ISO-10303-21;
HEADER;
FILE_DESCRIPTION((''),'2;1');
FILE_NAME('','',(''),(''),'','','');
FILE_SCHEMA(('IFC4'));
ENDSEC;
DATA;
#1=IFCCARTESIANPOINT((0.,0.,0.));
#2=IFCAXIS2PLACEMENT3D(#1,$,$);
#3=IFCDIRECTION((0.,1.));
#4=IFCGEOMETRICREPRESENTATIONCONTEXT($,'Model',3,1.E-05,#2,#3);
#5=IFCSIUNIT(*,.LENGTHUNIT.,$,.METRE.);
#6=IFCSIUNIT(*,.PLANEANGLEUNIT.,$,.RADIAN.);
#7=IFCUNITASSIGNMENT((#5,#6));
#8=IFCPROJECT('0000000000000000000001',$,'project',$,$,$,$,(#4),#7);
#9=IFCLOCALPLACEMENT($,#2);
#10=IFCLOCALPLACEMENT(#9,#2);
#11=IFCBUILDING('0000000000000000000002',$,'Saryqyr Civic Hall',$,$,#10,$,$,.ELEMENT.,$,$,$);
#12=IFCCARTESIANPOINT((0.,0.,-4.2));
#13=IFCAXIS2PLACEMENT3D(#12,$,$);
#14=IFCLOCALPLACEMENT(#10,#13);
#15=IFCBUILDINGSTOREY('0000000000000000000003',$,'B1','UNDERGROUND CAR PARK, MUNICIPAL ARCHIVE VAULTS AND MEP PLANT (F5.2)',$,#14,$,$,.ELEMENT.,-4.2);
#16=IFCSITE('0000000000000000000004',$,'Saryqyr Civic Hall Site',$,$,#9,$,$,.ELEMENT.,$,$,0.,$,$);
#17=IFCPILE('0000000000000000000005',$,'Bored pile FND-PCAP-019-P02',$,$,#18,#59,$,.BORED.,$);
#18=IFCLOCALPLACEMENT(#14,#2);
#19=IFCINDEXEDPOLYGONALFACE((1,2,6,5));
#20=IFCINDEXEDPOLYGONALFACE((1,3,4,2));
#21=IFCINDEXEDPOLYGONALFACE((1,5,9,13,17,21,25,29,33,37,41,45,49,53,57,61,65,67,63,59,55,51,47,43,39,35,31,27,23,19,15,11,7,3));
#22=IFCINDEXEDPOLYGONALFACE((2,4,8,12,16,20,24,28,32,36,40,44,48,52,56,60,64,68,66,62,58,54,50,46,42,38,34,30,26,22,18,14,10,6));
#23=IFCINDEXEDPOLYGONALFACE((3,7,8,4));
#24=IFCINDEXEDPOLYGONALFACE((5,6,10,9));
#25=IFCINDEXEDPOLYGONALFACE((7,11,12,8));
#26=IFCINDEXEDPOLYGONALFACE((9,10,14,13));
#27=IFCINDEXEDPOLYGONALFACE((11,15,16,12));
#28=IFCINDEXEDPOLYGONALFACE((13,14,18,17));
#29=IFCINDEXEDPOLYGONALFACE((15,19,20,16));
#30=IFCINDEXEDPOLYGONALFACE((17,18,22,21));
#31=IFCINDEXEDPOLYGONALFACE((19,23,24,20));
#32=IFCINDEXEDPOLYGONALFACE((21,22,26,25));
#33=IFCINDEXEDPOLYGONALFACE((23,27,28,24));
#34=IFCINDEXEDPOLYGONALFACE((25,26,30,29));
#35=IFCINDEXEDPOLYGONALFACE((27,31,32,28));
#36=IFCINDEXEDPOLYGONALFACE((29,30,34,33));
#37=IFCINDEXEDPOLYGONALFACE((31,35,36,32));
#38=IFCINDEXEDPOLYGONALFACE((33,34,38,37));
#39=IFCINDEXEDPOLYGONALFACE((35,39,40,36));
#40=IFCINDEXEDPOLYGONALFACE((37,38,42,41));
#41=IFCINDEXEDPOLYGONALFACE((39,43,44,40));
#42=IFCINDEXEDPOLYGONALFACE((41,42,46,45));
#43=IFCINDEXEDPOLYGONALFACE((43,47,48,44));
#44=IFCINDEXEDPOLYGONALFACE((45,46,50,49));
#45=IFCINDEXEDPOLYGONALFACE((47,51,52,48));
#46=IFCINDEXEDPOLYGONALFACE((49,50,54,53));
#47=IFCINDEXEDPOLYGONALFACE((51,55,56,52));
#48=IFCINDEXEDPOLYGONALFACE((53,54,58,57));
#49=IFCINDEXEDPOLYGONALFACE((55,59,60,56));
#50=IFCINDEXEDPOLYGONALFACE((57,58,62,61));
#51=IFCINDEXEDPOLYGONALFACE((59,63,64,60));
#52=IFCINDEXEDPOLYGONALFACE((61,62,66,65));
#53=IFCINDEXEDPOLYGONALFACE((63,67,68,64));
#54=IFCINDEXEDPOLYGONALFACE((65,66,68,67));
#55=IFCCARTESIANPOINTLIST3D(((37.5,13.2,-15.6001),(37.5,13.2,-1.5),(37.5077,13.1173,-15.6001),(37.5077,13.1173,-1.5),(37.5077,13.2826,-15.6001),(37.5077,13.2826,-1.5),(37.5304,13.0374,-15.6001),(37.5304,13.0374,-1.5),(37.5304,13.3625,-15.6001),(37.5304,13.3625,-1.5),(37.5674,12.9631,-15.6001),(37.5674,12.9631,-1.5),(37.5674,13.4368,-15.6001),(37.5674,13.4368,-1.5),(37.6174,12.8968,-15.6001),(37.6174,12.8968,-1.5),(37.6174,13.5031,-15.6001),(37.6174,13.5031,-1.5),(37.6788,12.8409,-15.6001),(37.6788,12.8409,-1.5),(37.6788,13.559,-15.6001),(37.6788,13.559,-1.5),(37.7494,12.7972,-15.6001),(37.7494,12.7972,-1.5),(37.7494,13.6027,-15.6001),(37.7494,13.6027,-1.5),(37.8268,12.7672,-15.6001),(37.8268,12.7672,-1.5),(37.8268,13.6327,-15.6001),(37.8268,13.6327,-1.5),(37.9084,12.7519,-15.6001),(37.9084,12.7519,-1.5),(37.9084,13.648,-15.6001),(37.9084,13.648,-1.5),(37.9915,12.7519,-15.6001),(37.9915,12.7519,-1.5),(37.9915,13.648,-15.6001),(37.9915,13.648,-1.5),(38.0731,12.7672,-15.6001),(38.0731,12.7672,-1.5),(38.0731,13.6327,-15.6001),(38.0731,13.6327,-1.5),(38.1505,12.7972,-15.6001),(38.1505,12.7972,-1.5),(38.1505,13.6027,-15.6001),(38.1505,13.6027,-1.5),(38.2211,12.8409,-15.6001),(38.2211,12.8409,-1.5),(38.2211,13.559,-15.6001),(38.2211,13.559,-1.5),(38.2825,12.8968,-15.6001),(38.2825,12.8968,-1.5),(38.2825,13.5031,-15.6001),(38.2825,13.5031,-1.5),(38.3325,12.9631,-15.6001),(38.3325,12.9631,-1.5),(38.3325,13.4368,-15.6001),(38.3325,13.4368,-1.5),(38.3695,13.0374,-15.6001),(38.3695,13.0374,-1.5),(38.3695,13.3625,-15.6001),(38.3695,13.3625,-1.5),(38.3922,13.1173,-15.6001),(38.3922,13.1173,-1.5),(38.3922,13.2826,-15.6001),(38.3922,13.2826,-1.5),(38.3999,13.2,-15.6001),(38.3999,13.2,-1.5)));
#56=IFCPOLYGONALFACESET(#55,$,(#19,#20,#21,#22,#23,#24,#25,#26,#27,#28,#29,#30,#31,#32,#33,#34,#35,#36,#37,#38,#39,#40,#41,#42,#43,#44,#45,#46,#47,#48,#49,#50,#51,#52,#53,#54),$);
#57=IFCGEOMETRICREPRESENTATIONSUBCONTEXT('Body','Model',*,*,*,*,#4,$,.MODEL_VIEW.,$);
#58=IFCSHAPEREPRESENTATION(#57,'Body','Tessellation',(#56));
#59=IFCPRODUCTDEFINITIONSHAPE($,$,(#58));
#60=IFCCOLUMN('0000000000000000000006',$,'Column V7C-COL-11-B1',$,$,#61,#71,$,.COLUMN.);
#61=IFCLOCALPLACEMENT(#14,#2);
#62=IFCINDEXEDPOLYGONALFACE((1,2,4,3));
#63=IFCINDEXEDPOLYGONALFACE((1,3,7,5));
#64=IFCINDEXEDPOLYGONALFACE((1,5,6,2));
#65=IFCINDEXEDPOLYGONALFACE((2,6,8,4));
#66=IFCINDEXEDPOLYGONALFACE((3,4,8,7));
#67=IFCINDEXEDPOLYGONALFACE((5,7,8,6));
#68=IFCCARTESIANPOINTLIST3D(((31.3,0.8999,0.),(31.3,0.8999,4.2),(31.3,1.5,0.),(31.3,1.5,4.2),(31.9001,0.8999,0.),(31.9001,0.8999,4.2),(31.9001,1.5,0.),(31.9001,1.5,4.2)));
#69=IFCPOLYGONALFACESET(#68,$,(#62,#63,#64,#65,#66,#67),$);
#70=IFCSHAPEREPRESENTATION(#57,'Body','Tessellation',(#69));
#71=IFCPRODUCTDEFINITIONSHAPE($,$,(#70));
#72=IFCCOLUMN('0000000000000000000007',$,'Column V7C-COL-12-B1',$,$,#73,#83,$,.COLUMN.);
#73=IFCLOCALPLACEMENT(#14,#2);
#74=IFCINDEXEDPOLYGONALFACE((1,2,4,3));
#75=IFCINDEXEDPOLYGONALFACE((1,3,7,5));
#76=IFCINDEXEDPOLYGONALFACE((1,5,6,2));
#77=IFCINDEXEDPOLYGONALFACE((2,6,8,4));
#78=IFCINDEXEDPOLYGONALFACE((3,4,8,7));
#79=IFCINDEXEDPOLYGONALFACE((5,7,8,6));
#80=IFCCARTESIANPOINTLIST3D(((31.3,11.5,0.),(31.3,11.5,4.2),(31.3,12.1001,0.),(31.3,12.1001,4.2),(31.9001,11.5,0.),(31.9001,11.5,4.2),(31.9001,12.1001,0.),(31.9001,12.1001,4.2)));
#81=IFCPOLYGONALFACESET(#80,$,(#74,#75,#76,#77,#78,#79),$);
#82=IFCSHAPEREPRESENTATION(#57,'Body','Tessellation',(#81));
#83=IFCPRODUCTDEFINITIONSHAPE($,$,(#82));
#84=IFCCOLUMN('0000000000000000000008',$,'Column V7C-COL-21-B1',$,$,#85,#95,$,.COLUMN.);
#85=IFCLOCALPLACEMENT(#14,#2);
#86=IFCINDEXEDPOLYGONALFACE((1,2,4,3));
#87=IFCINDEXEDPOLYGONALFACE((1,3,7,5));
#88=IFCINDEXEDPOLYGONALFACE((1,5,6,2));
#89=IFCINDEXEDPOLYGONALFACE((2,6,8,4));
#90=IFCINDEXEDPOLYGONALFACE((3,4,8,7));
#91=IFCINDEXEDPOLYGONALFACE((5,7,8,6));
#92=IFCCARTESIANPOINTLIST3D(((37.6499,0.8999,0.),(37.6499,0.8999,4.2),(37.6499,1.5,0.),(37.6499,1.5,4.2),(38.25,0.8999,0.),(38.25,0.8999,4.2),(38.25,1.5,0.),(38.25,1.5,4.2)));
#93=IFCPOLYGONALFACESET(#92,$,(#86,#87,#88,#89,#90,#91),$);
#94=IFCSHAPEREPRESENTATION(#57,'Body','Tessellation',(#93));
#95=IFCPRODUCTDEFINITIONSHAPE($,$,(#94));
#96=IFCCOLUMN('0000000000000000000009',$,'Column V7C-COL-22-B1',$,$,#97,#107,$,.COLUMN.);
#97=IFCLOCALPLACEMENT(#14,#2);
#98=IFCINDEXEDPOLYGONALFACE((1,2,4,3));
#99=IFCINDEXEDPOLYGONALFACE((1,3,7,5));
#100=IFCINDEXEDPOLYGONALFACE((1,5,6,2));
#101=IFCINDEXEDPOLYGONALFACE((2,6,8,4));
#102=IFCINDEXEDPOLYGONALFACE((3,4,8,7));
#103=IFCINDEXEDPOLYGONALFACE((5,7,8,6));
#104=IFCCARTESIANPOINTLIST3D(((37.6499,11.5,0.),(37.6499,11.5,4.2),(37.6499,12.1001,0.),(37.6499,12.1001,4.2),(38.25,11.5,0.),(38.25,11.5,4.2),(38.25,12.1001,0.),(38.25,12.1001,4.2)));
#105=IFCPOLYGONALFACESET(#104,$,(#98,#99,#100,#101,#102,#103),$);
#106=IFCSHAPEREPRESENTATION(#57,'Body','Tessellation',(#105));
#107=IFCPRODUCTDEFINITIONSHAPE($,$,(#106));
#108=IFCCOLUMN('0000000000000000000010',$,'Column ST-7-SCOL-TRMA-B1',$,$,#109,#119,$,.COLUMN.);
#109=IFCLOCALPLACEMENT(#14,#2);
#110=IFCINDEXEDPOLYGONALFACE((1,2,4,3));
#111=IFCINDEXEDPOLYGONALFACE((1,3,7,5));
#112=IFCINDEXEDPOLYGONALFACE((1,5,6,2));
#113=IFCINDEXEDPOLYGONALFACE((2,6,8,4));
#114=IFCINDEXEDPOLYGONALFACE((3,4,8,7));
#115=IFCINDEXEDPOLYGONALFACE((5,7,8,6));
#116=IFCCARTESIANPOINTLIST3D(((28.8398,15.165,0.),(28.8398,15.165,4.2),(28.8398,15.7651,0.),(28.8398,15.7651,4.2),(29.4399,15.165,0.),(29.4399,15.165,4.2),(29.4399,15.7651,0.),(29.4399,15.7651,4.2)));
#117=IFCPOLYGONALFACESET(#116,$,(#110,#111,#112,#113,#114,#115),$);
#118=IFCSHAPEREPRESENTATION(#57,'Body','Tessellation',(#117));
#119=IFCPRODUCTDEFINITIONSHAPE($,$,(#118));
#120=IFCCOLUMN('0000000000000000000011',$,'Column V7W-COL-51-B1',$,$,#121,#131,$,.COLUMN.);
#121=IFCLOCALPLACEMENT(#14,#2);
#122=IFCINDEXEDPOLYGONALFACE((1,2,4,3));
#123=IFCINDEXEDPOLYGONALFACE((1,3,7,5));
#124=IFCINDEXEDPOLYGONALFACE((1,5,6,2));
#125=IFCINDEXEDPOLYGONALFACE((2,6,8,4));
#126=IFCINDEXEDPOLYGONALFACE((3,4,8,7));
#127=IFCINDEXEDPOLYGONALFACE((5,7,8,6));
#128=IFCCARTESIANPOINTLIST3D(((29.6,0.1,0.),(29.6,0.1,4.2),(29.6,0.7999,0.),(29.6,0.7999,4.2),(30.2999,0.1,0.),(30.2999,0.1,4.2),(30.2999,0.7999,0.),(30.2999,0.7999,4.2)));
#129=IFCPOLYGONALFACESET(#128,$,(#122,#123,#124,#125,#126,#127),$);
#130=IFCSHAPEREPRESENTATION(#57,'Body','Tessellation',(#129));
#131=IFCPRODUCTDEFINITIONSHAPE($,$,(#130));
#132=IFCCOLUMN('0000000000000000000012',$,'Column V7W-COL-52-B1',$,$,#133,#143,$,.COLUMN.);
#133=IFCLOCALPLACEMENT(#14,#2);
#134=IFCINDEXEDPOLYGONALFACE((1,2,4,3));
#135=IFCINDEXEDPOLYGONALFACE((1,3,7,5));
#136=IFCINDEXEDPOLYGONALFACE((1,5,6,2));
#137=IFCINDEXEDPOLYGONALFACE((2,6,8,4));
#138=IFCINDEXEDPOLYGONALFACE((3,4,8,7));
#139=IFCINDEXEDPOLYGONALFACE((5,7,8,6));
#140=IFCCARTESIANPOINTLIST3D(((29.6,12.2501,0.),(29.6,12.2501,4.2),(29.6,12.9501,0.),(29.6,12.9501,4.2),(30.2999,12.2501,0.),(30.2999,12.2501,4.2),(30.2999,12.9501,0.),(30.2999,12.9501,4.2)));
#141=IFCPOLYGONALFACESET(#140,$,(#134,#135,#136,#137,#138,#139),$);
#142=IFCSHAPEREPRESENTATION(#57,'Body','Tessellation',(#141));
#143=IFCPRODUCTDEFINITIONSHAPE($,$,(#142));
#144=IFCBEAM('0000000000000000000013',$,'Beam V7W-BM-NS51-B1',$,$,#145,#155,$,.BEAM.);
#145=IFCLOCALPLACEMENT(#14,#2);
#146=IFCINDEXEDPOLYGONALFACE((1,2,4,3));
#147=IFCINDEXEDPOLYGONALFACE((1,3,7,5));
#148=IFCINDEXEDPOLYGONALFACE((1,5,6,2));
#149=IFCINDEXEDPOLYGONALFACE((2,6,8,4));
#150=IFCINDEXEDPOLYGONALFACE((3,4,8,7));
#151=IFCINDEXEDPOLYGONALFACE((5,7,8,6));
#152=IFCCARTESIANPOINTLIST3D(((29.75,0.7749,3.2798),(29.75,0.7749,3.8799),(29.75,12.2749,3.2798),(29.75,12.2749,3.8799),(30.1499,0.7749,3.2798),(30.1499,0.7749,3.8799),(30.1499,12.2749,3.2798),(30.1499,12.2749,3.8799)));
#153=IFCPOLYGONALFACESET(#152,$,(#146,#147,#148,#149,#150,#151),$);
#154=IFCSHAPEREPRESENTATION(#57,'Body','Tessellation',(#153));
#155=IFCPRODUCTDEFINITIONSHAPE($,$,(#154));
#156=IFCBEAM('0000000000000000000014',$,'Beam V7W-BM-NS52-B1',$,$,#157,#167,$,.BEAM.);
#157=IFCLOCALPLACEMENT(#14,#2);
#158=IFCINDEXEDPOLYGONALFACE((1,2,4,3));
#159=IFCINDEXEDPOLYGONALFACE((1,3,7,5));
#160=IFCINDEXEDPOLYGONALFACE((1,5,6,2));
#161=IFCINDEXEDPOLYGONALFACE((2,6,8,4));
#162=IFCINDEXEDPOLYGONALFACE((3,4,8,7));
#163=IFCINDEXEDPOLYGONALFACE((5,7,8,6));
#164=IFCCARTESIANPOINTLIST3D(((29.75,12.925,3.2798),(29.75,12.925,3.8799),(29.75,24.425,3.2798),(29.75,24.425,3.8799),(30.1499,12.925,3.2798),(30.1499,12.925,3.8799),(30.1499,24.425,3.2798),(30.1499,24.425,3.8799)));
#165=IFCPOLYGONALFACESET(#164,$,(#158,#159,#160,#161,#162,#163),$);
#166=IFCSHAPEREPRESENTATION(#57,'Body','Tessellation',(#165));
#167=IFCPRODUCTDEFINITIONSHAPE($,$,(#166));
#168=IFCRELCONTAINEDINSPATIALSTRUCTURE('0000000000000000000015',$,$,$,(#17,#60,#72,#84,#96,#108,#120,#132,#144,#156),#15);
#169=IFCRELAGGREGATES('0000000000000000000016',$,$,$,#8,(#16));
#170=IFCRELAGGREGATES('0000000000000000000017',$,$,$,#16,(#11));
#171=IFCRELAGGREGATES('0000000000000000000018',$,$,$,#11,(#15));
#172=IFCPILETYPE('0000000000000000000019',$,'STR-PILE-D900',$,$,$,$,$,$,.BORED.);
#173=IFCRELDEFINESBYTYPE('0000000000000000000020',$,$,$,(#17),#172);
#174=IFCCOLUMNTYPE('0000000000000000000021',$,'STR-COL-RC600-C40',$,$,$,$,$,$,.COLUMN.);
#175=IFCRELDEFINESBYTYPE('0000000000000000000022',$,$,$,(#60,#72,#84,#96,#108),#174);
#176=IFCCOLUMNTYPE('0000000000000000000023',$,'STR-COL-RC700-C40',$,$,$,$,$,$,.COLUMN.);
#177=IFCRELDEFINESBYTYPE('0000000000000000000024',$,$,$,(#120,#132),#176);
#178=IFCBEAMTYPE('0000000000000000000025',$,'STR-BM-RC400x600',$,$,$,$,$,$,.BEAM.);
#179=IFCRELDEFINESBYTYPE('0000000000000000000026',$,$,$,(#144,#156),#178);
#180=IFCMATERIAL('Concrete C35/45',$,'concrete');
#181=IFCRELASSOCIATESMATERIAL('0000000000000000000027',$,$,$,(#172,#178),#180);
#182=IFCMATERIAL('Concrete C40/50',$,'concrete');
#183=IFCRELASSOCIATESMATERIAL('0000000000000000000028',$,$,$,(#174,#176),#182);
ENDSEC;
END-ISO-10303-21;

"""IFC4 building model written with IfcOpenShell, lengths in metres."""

from ifc_helpers import new_model, si_unit, direction, frame, origin, origin_2d, place, context, subcontext, project, spatial, rectangle, circle, extrude, material, material_profile, profile_set, type_object, element, save


model = new_model("IFC4")

# Units and contexts
model_context = context("Model", 3, precision=1e-05, world=origin(), true_north=direction((0.0, 1.0)))
body_context = subcontext(model_context, "Body", "Model", "MODEL_VIEW")
ifc_project = project(units=[si_unit("LENGTHUNIT", "METRE"), si_unit("PLANEANGLEUNIT", "RADIAN")], contexts=[model_context])

# Site, building, storey
site_placement = place(None, origin())
site = spatial("IfcSite", under=ifc_project, at=site_placement, Name="Saryqyr Civic Hall Site", CompositionType="ELEMENT", RefElevation=0.0)
building_placement = place(site_placement, origin())
building = spatial("IfcBuilding", under=site, at=building_placement, Name="Saryqyr Civic Hall", CompositionType="ELEMENT")
storey_placement = place(building_placement, frame((0.0, 0.0, -4.2)))
storey = spatial("IfcBuildingStorey", under=building, at=storey_placement, Name="B1", Description="UNDERGROUND CAR PARK, MUNICIPAL ARCHIVE VAULTS AND MEP PLANT (F5.2)", CompositionType="ELEMENT", Elevation=-4.2)

# Shared definitions
ifc_material_1 = material(Name="Concrete C35/45", Category="concrete")

# Pile
ifc_material_profile_1 = material_profile(ifc_material_1, circle(Radius=0.45, at=origin_2d()), Name="BORED PILE D900")
ifc_profile_set_1 = profile_set([ifc_material_profile_1], Name="Concrete C35/45")
pile_type_1 = type_object("IfcPileType", Name="STR-PILE-D900", PredefinedType="BORED", material=ifc_profile_set_1)
for number, where, z_axis, x_axis, name in (
    (1, (37.95, 13.2, -1.5), (0.0, 0.0, -1.0), (1.0, 0.0, 0.0), "Bored pile FND-PCAP-019-P02"),
):
    element("IfcPile", number, at=place(storey_placement, frame(where, z_axis=z_axis, x_axis=x_axis)), inside=storey, type_object=pile_type_1, Name=name, PredefinedType="BORED", context=body_context, shape_type="SweptSolid", body=[
        extrude(circle(Radius=0.45, at=origin_2d()), origin(), (0.0, 0.0, 1.0), 14.1001),
    ])

# Columns
ifc_material_2 = material(Name="Concrete C40/50", Category="concrete")
ifc_material_profile_2 = material_profile(ifc_material_2, rectangle(XDim=0.6001, YDim=0.6001, at=origin_2d()), Name="RC 600x600")
ifc_profile_set_2 = profile_set([ifc_material_profile_2], Name="Concrete C40/50")
column_type_1 = type_object("IfcColumnType", Name="STR-COL-RC600-C40", PredefinedType="COLUMN", material=ifc_profile_set_2)
for number, where, z_axis, x_axis, name in (
    (2, (31.6001, 1.2, 0.0), (0.0, 0.0, 1.0), (1.0, 0.0, 0.0), "Column V7C-COL-11-B1"),
    (3, (31.6001, 11.8, 0.0), (0.0, 0.0, 1.0), (1.0, 0.0, 0.0), "Column V7C-COL-12-B1"),
    (4, (37.95, 1.2, 0.0), (0.0, 0.0, 1.0), (1.0, 0.0, 0.0), "Column V7C-COL-21-B1"),
    (5, (37.95, 11.8, 0.0), (0.0, 0.0, 1.0), (1.0, 0.0, 0.0), "Column V7C-COL-22-B1"),
    (6, (29.1399, 15.4651, 0.0), (0.0, 0.0, 1.0), (1.0, 0.0, 0.0), "Column ST-7-SCOL-TRMA-B1"),
):
    element("IfcColumn", number, at=place(storey_placement, frame(where, z_axis=z_axis, x_axis=x_axis)), inside=storey, type_object=column_type_1, Name=name, PredefinedType="COLUMN", context=body_context, shape_type="SweptSolid", body=[
        extrude(rectangle(XDim=0.6001, YDim=0.6001, at=origin_2d()), origin(), (0.0, 0.0, 1.0), 4.2),
    ])
ifc_material_profile_3 = material_profile(ifc_material_2, rectangle(XDim=0.7, YDim=0.7, at=origin_2d()), Name="RC 700x700")
ifc_profile_set_3 = profile_set([ifc_material_profile_3], Name="Concrete C40/50")
column_type_2 = type_object("IfcColumnType", Name="STR-COL-RC700-C40", PredefinedType="COLUMN", material=ifc_profile_set_3)
for number, where, z_axis, x_axis, name in (
    (7, (29.95, 0.45, 0.0), (0.0, 0.0, 1.0), (1.0, 0.0, 0.0), "Column V7W-COL-51-B1"),
    (8, (29.95, 12.6001, 0.0), (0.0, 0.0, 1.0), (1.0, 0.0, 0.0), "Column V7W-COL-52-B1"),
):
    element("IfcColumn", number, at=place(storey_placement, frame(where, z_axis=z_axis, x_axis=x_axis)), inside=storey, type_object=column_type_2, Name=name, PredefinedType="COLUMN", context=body_context, shape_type="SweptSolid", body=[
        extrude(rectangle(XDim=0.7, YDim=0.7, at=origin_2d()), origin(), (0.0, 0.0, 1.0), 4.2),
    ])

# Beams
ifc_material_profile_4 = material_profile(ifc_material_1, rectangle(XDim=0.3999, YDim=0.6001, at=origin_2d()), Name="RC 400x600")
ifc_profile_set_4 = profile_set([ifc_material_profile_4], Name="Concrete C35/45")
beam_type = type_object("IfcBeamType", Name="STR-BM-RC400x600", PredefinedType="BEAM", material=ifc_profile_set_4)
for number, where, z_axis, x_axis, name in (
    (9, (29.95, 0.7749, 3.5798), (0.0, 1.0, 0.0), (-1.0, 0.0, 0.0), "Beam V7W-BM-NS51-B1"),
    (10, (29.95, 12.925, 3.5798), (0.0, 1.0, 0.0), (-1.0, 0.0, 0.0), "Beam V7W-BM-NS52-B1"),
):
    element("IfcBeam", number, at=place(storey_placement, frame(where, z_axis=z_axis, x_axis=x_axis)), inside=storey, type_object=beam_type, Name=name, PredefinedType="BEAM", context=body_context, shape_type="SweptSolid", body=[
        extrude(rectangle(XDim=0.3999, YDim=0.6001, at=origin_2d()), origin(), (0.0, 0.0, 1.0), 11.5),
    ])

save(model, "model.ifc")
